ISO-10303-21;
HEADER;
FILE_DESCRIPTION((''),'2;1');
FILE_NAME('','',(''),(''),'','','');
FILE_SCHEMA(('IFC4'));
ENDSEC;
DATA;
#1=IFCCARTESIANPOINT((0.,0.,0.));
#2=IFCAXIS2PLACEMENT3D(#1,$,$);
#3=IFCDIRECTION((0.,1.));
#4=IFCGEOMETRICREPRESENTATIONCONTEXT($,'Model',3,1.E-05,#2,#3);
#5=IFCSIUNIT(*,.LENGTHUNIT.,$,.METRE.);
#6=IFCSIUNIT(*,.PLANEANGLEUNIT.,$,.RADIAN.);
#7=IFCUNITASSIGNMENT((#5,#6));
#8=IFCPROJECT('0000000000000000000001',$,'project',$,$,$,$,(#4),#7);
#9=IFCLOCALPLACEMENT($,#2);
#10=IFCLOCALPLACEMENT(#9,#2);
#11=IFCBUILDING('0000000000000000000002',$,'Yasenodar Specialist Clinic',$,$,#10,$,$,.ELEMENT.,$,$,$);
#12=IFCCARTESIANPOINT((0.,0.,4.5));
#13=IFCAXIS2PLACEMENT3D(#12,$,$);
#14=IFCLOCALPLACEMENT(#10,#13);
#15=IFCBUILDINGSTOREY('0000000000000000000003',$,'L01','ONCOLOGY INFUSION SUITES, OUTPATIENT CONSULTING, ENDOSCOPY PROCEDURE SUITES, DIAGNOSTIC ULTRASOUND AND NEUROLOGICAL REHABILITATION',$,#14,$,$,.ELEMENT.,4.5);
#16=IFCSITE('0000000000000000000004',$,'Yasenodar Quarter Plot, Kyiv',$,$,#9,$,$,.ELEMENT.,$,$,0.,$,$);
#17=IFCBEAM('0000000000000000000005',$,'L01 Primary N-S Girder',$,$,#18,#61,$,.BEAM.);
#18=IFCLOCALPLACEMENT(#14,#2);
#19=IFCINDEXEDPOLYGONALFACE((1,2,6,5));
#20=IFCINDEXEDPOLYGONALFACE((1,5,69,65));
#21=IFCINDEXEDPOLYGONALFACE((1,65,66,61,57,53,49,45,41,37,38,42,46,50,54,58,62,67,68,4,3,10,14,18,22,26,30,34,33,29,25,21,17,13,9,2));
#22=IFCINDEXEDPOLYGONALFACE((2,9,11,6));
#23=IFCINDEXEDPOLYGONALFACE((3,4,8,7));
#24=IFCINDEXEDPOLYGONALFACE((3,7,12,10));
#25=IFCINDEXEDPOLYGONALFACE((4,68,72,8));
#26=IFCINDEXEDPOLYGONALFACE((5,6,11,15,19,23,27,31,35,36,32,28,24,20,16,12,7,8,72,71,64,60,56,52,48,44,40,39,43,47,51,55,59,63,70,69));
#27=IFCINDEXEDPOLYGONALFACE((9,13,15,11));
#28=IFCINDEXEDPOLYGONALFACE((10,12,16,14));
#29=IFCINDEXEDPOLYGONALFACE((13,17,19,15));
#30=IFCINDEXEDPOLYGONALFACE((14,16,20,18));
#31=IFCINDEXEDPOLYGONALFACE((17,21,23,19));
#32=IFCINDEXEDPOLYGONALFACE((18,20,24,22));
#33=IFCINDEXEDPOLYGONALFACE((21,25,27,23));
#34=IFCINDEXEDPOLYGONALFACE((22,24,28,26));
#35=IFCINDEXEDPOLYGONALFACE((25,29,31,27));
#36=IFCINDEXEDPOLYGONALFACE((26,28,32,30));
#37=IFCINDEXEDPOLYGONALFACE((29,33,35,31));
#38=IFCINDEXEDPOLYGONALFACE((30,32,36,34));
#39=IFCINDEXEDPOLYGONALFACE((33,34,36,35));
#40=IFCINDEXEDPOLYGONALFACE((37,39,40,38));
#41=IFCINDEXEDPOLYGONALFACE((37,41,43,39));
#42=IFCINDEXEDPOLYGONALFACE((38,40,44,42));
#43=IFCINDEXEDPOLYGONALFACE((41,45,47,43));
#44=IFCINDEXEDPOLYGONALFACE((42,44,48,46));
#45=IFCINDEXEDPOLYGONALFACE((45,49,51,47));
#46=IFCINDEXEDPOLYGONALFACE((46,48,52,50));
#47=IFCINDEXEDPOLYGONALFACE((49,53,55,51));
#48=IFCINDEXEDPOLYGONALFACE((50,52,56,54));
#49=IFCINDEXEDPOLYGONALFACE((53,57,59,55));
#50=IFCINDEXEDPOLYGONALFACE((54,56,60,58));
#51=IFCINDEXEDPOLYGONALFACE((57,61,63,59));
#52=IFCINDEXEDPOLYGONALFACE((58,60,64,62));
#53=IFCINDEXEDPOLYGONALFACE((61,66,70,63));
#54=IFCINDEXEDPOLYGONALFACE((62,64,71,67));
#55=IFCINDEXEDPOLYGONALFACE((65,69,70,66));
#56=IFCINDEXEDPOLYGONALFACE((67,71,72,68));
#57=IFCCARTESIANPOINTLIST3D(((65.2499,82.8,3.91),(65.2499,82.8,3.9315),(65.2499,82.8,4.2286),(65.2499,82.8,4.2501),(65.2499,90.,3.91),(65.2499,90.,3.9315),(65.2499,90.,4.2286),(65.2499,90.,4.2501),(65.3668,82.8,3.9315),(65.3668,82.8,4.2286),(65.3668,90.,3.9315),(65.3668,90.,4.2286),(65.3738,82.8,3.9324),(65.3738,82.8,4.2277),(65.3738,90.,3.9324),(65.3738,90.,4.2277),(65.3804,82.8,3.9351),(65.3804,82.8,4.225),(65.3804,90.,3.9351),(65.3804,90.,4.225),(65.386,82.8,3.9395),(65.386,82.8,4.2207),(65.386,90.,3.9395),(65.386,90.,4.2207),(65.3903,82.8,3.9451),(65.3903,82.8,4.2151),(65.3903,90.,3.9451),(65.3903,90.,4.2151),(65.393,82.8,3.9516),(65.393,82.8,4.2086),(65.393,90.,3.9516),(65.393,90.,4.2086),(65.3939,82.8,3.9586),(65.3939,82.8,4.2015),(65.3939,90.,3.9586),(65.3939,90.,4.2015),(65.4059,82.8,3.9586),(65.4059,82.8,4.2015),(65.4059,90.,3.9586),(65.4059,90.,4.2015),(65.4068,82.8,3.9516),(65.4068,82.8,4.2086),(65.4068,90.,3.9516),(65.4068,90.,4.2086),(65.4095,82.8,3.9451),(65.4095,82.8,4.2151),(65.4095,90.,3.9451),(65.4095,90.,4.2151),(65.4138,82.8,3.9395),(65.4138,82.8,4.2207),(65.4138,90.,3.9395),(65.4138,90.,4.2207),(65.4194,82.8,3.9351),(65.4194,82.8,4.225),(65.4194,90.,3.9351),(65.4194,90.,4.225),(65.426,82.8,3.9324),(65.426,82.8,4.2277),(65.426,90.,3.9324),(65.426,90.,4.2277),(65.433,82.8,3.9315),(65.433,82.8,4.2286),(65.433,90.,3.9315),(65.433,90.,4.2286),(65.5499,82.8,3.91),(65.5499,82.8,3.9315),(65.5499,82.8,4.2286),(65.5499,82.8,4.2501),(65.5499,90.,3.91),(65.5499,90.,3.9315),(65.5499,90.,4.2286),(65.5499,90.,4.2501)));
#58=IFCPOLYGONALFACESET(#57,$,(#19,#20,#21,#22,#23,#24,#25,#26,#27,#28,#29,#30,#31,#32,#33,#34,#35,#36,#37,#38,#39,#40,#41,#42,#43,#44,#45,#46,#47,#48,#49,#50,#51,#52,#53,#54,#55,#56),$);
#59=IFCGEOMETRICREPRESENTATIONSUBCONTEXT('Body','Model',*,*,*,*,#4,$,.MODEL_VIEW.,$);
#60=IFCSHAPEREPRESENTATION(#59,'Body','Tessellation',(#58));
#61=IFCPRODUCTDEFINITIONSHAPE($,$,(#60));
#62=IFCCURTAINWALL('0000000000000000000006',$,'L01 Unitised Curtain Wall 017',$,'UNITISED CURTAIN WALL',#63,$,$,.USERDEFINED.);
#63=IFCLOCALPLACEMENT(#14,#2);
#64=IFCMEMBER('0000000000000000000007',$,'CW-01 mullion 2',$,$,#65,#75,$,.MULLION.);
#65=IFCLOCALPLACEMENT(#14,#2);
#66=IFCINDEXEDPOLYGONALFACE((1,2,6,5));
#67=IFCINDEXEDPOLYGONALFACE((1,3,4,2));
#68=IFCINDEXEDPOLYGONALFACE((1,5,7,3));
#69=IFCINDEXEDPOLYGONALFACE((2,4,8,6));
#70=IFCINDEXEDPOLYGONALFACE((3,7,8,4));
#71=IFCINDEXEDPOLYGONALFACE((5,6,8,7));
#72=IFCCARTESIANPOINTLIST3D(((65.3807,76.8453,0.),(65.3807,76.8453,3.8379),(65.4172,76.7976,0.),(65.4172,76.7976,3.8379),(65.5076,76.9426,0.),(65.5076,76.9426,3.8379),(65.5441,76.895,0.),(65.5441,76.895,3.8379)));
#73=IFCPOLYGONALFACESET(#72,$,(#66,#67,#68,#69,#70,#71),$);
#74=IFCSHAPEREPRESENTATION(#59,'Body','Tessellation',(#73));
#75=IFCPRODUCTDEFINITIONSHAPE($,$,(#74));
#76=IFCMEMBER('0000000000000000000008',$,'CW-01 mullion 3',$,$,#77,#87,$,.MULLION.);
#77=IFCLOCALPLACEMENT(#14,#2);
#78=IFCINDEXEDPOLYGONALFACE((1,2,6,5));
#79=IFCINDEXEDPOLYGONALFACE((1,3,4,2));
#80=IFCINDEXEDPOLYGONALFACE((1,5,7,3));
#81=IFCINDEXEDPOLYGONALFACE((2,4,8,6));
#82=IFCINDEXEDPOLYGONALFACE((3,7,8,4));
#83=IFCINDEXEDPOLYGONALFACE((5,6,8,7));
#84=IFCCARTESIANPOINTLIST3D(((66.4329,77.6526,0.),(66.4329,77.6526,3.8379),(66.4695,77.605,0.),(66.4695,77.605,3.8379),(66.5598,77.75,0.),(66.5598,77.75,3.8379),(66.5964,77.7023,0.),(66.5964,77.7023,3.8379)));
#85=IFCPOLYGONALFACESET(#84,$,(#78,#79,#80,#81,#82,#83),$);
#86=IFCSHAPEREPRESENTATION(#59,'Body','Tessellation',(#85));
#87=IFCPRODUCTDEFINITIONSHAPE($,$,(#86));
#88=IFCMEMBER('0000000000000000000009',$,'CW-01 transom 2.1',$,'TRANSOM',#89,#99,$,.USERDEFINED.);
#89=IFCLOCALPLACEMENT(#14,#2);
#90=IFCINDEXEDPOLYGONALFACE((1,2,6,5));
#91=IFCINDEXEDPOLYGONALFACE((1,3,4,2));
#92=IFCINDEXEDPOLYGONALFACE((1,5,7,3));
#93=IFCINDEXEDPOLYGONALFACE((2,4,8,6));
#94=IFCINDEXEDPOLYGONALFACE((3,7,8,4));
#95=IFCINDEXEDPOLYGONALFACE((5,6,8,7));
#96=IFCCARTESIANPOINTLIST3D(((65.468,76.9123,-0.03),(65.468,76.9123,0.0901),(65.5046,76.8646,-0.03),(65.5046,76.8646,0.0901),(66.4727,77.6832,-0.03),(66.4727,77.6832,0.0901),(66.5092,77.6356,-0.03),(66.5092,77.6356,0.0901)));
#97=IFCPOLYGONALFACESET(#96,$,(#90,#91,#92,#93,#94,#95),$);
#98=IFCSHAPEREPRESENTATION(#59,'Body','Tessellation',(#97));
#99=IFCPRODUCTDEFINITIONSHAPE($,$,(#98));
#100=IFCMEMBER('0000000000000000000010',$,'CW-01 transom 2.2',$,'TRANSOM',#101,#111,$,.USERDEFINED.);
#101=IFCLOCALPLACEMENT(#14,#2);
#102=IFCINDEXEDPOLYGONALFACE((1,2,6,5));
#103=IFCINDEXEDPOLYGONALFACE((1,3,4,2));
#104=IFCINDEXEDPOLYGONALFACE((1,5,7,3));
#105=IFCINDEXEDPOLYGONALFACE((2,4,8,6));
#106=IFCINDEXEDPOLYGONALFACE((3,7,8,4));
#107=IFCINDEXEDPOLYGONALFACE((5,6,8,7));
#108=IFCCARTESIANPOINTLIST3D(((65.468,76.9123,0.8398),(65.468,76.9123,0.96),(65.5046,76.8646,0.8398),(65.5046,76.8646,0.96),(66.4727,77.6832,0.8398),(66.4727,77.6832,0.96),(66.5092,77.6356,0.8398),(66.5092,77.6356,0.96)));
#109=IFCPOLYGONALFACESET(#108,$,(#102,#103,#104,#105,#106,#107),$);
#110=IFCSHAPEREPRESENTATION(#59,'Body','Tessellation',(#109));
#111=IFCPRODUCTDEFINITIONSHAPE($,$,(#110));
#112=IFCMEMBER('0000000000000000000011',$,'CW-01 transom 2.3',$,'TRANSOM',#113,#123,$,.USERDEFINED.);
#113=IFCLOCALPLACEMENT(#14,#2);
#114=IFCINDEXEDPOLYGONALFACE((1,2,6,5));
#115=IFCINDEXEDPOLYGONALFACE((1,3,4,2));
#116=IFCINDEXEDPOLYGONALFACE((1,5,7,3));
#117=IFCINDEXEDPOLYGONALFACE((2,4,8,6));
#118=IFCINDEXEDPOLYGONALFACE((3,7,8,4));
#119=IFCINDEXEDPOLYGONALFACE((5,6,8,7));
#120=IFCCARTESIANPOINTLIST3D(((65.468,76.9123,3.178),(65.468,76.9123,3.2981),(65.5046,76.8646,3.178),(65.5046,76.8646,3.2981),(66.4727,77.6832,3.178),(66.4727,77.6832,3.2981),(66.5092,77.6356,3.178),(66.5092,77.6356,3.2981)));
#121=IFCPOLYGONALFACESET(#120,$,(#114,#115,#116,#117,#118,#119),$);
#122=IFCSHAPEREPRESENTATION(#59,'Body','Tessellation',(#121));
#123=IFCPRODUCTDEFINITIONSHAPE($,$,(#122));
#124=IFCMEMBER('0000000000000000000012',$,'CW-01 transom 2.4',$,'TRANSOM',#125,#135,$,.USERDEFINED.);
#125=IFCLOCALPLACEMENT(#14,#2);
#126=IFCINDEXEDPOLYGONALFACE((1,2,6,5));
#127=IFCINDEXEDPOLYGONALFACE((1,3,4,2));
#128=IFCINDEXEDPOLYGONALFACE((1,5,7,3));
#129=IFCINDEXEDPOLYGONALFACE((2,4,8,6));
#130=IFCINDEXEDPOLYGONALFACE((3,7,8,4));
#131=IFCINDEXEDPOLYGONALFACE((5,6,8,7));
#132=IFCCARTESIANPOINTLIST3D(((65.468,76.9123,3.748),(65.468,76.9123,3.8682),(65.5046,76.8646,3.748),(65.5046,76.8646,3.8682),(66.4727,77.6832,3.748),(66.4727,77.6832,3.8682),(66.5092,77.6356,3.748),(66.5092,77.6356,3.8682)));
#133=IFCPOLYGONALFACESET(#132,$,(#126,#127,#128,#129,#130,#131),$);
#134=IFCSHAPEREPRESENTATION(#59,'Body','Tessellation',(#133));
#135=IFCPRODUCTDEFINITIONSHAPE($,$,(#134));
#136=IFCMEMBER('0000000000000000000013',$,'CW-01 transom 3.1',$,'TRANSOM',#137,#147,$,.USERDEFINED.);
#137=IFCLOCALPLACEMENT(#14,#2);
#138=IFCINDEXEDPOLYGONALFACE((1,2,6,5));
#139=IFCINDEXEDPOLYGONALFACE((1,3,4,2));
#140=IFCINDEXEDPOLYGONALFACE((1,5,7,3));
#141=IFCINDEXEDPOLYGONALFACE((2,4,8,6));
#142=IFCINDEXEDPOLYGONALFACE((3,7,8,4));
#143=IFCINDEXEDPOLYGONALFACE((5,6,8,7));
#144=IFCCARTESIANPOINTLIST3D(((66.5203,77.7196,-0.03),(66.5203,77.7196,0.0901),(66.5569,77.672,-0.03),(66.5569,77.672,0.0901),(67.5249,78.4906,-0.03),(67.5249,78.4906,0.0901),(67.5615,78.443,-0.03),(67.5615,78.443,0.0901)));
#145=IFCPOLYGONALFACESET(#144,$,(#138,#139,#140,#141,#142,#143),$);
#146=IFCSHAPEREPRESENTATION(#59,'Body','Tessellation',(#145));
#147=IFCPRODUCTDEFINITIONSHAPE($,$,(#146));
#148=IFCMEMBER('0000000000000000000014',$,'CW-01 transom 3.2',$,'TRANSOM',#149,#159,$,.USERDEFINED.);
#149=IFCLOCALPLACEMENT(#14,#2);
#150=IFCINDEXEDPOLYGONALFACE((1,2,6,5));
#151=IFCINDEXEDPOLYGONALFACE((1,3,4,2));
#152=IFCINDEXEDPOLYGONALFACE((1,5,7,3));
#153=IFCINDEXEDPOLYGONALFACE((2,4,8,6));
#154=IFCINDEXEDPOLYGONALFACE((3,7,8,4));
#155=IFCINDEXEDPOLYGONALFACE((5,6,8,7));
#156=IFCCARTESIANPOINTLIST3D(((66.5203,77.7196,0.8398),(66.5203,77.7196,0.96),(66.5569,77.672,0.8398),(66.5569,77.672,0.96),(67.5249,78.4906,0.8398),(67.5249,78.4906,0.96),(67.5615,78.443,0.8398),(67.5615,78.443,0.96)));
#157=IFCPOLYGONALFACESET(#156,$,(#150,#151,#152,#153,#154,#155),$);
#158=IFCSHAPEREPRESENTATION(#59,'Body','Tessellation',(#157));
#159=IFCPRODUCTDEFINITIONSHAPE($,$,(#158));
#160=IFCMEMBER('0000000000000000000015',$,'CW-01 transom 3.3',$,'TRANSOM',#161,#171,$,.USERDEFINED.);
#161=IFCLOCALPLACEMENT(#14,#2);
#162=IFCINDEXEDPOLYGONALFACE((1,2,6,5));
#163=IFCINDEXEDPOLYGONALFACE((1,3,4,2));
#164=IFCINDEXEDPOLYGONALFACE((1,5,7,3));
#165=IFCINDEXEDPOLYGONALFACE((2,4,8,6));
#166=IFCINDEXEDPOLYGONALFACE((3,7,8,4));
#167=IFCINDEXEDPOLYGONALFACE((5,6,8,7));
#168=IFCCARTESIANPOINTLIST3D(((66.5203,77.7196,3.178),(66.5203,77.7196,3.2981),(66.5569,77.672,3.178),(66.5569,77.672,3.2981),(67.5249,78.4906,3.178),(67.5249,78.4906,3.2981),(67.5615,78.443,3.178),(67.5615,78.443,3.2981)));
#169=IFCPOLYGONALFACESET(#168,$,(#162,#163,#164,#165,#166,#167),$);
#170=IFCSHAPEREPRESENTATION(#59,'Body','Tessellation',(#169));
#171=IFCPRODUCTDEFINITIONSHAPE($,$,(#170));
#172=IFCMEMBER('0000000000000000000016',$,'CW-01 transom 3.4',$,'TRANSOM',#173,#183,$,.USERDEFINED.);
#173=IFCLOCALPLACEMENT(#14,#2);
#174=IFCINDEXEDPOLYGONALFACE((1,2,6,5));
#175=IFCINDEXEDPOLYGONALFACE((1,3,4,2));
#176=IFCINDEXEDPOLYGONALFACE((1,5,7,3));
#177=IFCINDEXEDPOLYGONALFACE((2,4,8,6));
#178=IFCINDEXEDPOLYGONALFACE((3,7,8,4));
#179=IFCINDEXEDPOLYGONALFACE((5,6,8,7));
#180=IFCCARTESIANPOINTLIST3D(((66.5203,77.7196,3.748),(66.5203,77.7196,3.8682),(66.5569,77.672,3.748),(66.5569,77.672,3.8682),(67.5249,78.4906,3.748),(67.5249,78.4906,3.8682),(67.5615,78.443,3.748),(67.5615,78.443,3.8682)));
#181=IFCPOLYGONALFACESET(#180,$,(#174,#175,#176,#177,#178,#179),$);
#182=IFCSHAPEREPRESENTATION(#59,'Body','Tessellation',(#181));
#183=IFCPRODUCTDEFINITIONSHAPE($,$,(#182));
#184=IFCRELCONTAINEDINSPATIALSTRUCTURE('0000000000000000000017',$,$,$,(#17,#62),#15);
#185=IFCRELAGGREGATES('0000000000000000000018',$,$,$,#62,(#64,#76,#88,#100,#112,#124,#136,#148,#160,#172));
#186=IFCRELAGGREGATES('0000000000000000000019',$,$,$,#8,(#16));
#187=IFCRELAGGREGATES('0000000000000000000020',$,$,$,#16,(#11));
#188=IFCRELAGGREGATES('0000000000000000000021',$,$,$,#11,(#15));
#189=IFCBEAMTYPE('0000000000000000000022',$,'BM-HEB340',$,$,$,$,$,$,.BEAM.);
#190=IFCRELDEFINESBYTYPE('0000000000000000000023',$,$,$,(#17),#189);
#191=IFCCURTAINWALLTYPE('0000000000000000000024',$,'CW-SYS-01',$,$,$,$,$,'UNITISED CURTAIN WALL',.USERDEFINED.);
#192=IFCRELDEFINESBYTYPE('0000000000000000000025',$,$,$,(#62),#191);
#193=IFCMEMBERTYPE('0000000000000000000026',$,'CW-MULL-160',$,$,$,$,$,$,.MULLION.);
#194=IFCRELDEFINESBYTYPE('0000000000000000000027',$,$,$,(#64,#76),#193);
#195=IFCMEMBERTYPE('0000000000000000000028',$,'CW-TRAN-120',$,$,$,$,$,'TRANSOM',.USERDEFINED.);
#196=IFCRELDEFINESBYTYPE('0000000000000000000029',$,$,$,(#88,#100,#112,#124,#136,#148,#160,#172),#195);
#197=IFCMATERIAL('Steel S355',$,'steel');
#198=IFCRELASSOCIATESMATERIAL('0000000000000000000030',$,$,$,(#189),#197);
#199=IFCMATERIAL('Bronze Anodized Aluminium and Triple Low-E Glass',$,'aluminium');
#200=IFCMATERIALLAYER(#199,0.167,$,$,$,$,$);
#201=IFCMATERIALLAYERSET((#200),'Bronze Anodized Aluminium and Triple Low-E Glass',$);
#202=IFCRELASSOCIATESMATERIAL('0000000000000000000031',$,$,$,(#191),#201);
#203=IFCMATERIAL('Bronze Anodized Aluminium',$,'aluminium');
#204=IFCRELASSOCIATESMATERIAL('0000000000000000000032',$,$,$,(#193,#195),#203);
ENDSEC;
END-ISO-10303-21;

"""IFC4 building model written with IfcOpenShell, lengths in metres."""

from ifc_helpers import new_model, si_unit, direction, frame, origin, origin_2d, place, context, subcontext, project, spatial, rectangle, i_section, extrude, material, layer, layer_set, material_profile, profile_set, type_object, element, aggregate, save


model = new_model("IFC4")

# Units and contexts
model_context = context("Model", 3, precision=1e-05, world=origin(), true_north=direction((0.0, 1.0)))
body_context = subcontext(model_context, "Body", "Model", "MODEL_VIEW")
ifc_project = project(units=[si_unit("LENGTHUNIT", "METRE"), si_unit("PLANEANGLEUNIT", "RADIAN")], contexts=[model_context])

# Site, building, storey
site_placement = place(None, origin())
site = spatial("IfcSite", under=ifc_project, at=site_placement, Name="Yasenodar Quarter Plot, Kyiv", CompositionType="ELEMENT", RefElevation=0.0)
building_placement = place(site_placement, origin())
building = spatial("IfcBuilding", under=site, at=building_placement, Name="Yasenodar Specialist Clinic", CompositionType="ELEMENT")
storey_placement = place(building_placement, frame((0.0, 0.0, 4.5)))
storey = spatial("IfcBuildingStorey", under=building, at=storey_placement, Name="L01", Description="ONCOLOGY INFUSION SUITES, OUTPATIENT CONSULTING, ENDOSCOPY PROCEDURE SUITES, DIAGNOSTIC ULTRASOUND AND NEUROLOGICAL REHABILITATION", CompositionType="ELEMENT", Elevation=4.5)

# Beam
ifc_material_1 = material(Name="Steel S355", Category="steel")
ifc_material_profile_1 = material_profile(ifc_material_1, i_section(OverallWidth=0.3, OverallDepth=0.3401, WebThickness=0.012, FlangeThickness=0.0215, FilletRadius=0.0271, at=origin_2d()), Name="HEB 340")
ifc_profile_set_1 = profile_set([ifc_material_profile_1], Name="Steel S355")
beam_type = type_object("IfcBeamType", Name="BM-HEB340", PredefinedType="BEAM", material=ifc_profile_set_1)
beam_placement = place(storey_placement, frame((65.3999, 82.8, 4.0801), z_axis=(0.0, 1.0, 0.0), x_axis=(-1.0, 0.0, 0.0)))
element("IfcBeam", 1, at=beam_placement, inside=storey, type_object=beam_type, Name="L01 Primary N-S Girder", PredefinedType="BEAM", context=body_context, shape_type="SweptSolid", body=[
    extrude(i_section(OverallWidth=0.3, OverallDepth=0.3401, WebThickness=0.012, FlangeThickness=0.0215, FilletRadius=0.0271, at=origin_2d()), origin(), (0.0, 0.0, 1.0), 7.2),
])

# Curtain wall, members
ifc_material_2 = material(Name="Bronze Anodized Aluminium and Triple Low-E Glass", Category="aluminium")
ifc_layer_1 = layer(ifc_material_2, 0.167)
ifc_layer_set_1 = layer_set([ifc_layer_1], Name="Bronze Anodized Aluminium and Triple Low-E Glass")
curtain_wall_type = type_object("IfcCurtainWallType", Name="CW-SYS-01", ElementType="UNITISED CURTAIN WALL", PredefinedType="USERDEFINED", material=ifc_layer_set_1)
curtain_wall_placement = place(storey_placement, origin())
curtain_wall = element("IfcCurtainWall", 2, at=curtain_wall_placement, inside=storey, type_object=curtain_wall_type, Name="L01 Unitised Curtain Wall 017", ObjectType="UNITISED CURTAIN WALL", PredefinedType="USERDEFINED")
ifc_material_3 = material(Name="Bronze Anodized Aluminium", Category="aluminium")
ifc_material_profile_2 = material_profile(ifc_material_3, rectangle(XDim=0.0601, YDim=0.1599, at=origin_2d()), Name="CW-MULL 60x160")
ifc_profile_set_2 = profile_set([ifc_material_profile_2], Name="Bronze Anodized Aluminium")
member_type_1 = type_object("IfcMemberType", Name="CW-MULL-160", PredefinedType="MULLION", material=ifc_profile_set_2)
member_1_placement = place(storey_placement, frame((65.4624, 76.8701, 0.0), z_axis=(0.0, 0.0, 1.0), x_axis=(-0.608752, 0.793361, 0.0)))
member_1 = element("IfcMember", 3, at=member_1_placement, type_object=member_type_1, Name="CW-01 mullion 2", PredefinedType="MULLION", context=body_context, shape_type="SweptSolid", body=[
    extrude(rectangle(XDim=0.0601, YDim=0.1599, at=origin_2d()), origin(), (0.0, 0.0, 1.0), 3.8379),
])
member_2_placement = place(storey_placement, frame((66.5146, 77.6775, 0.0), z_axis=(0.0, 0.0, 1.0), x_axis=(-0.608752, 0.793361, 0.0)))
member_2 = element("IfcMember", 4, at=member_2_placement, type_object=member_type_1, Name="CW-01 mullion 3", PredefinedType="MULLION", context=body_context, shape_type="SweptSolid", body=[
    extrude(rectangle(XDim=0.0601, YDim=0.1599, at=origin_2d()), origin(), (0.0, 0.0, 1.0), 3.8379),
])
ifc_material_profile_3 = material_profile(ifc_material_3, rectangle(XDim=0.0601, YDim=0.1201, at=origin_2d()), Name="CW-TRAN 60x120")
ifc_profile_set_3 = profile_set([ifc_material_profile_3], Name="Bronze Anodized Aluminium")
member_type_2 = type_object("IfcMemberType", Name="CW-TRAN-120", ElementType="TRANSOM", PredefinedType="USERDEFINED", material=ifc_profile_set_3)
member_3_placement = place(storey_placement, frame((65.4863, 76.8884, 0.03), z_axis=(0.793311, 0.608816, 0.0), x_axis=(-0.608816, 0.793311, 0.0)))
member_3 = element("IfcMember", 5, at=member_3_placement, type_object=member_type_2, Name="CW-01 transom 2.1", ObjectType="TRANSOM", PredefinedType="USERDEFINED", context=body_context, shape_type="SweptSolid", body=[
    extrude(rectangle(XDim=0.0601, YDim=0.1201, at=origin_2d()), origin(), (0.0, 0.0, 1.0), 1.2664),
])
member_4_placement = place(storey_placement, frame((65.4863, 76.8884, 0.8999), z_axis=(0.793311, 0.608816, 0.0), x_axis=(-0.608816, 0.793311, 0.0)))
member_4 = element("IfcMember", 6, at=member_4_placement, type_object=member_type_2, Name="CW-01 transom 2.2", ObjectType="TRANSOM", PredefinedType="USERDEFINED", context=body_context, shape_type="SweptSolid", body=[
    extrude(rectangle(XDim=0.0601, YDim=0.1201, at=origin_2d()), origin(), (0.0, 0.0, 1.0), 1.2664),
])
member_5_placement = place(storey_placement, frame((65.4863, 76.8884, 3.238), z_axis=(0.793311, 0.608816, 0.0), x_axis=(-0.608816, 0.793311, 0.0)))
member_5 = element("IfcMember", 7, at=member_5_placement, type_object=member_type_2, Name="CW-01 transom 2.3", ObjectType="TRANSOM", PredefinedType="USERDEFINED", context=body_context, shape_type="SweptSolid", body=[
    extrude(rectangle(XDim=0.0601, YDim=0.1201, at=origin_2d()), origin(), (0.0, 0.0, 1.0), 1.2664),
])
member_6_placement = place(storey_placement, frame((65.4863, 76.8884, 3.8081), z_axis=(0.793311, 0.608816, 0.0), x_axis=(-0.608816, 0.793311, 0.0)))
member_6 = element("IfcMember", 8, at=member_6_placement, type_object=member_type_2, Name="CW-01 transom 2.4", ObjectType="TRANSOM", PredefinedType="USERDEFINED", context=body_context, shape_type="SweptSolid", body=[
    extrude(rectangle(XDim=0.0601, YDim=0.1201, at=origin_2d()), origin(), (0.0, 0.0, 1.0), 1.2664),
])
member_7_placement = place(storey_placement, frame((66.5386, 77.6958, 0.03), z_axis=(0.793311, 0.608816, 0.0), x_axis=(-0.608816, 0.793311, 0.0)))
member_7 = element("IfcMember", 9, at=member_7_placement, type_object=member_type_2, Name="CW-01 transom 3.1", ObjectType="TRANSOM", PredefinedType="USERDEFINED", context=body_context, shape_type="SweptSolid", body=[
    extrude(rectangle(XDim=0.0601, YDim=0.1201, at=origin_2d()), origin(), (0.0, 0.0, 1.0), 1.2664),
])
member_8_placement = place(storey_placement, frame((66.5386, 77.6958, 0.8999), z_axis=(0.793311, 0.608816, 0.0), x_axis=(-0.608816, 0.793311, 0.0)))
member_8 = element("IfcMember", 10, at=member_8_placement, type_object=member_type_2, Name="CW-01 transom 3.2", ObjectType="TRANSOM", PredefinedType="USERDEFINED", context=body_context, shape_type="SweptSolid", body=[
    extrude(rectangle(XDim=0.0601, YDim=0.1201, at=origin_2d()), origin(), (0.0, 0.0, 1.0), 1.2664),
])
member_9_placement = place(storey_placement, frame((66.5386, 77.6958, 3.238), z_axis=(0.793311, 0.608816, 0.0), x_axis=(-0.608816, 0.793311, 0.0)))
member_9 = element("IfcMember", 11, at=member_9_placement, type_object=member_type_2, Name="CW-01 transom 3.3", ObjectType="TRANSOM", PredefinedType="USERDEFINED", context=body_context, shape_type="SweptSolid", body=[
    extrude(rectangle(XDim=0.0601, YDim=0.1201, at=origin_2d()), origin(), (0.0, 0.0, 1.0), 1.2664),
])
member_10_placement = place(storey_placement, frame((66.5386, 77.6958, 3.8081), z_axis=(0.793311, 0.608816, 0.0), x_axis=(-0.608816, 0.793311, 0.0)))
member_10 = element("IfcMember", 12, at=member_10_placement, type_object=member_type_2, Name="CW-01 transom 3.4", ObjectType="TRANSOM", PredefinedType="USERDEFINED", context=body_context, shape_type="SweptSolid", body=[
    extrude(rectangle(XDim=0.0601, YDim=0.1201, at=origin_2d()), origin(), (0.0, 0.0, 1.0), 1.2664),
])
aggregate(curtain_wall, [member_1, member_2, member_3, member_4, member_5, member_6, member_7, member_8, member_9, member_10])

save(model, "model.ifc")
